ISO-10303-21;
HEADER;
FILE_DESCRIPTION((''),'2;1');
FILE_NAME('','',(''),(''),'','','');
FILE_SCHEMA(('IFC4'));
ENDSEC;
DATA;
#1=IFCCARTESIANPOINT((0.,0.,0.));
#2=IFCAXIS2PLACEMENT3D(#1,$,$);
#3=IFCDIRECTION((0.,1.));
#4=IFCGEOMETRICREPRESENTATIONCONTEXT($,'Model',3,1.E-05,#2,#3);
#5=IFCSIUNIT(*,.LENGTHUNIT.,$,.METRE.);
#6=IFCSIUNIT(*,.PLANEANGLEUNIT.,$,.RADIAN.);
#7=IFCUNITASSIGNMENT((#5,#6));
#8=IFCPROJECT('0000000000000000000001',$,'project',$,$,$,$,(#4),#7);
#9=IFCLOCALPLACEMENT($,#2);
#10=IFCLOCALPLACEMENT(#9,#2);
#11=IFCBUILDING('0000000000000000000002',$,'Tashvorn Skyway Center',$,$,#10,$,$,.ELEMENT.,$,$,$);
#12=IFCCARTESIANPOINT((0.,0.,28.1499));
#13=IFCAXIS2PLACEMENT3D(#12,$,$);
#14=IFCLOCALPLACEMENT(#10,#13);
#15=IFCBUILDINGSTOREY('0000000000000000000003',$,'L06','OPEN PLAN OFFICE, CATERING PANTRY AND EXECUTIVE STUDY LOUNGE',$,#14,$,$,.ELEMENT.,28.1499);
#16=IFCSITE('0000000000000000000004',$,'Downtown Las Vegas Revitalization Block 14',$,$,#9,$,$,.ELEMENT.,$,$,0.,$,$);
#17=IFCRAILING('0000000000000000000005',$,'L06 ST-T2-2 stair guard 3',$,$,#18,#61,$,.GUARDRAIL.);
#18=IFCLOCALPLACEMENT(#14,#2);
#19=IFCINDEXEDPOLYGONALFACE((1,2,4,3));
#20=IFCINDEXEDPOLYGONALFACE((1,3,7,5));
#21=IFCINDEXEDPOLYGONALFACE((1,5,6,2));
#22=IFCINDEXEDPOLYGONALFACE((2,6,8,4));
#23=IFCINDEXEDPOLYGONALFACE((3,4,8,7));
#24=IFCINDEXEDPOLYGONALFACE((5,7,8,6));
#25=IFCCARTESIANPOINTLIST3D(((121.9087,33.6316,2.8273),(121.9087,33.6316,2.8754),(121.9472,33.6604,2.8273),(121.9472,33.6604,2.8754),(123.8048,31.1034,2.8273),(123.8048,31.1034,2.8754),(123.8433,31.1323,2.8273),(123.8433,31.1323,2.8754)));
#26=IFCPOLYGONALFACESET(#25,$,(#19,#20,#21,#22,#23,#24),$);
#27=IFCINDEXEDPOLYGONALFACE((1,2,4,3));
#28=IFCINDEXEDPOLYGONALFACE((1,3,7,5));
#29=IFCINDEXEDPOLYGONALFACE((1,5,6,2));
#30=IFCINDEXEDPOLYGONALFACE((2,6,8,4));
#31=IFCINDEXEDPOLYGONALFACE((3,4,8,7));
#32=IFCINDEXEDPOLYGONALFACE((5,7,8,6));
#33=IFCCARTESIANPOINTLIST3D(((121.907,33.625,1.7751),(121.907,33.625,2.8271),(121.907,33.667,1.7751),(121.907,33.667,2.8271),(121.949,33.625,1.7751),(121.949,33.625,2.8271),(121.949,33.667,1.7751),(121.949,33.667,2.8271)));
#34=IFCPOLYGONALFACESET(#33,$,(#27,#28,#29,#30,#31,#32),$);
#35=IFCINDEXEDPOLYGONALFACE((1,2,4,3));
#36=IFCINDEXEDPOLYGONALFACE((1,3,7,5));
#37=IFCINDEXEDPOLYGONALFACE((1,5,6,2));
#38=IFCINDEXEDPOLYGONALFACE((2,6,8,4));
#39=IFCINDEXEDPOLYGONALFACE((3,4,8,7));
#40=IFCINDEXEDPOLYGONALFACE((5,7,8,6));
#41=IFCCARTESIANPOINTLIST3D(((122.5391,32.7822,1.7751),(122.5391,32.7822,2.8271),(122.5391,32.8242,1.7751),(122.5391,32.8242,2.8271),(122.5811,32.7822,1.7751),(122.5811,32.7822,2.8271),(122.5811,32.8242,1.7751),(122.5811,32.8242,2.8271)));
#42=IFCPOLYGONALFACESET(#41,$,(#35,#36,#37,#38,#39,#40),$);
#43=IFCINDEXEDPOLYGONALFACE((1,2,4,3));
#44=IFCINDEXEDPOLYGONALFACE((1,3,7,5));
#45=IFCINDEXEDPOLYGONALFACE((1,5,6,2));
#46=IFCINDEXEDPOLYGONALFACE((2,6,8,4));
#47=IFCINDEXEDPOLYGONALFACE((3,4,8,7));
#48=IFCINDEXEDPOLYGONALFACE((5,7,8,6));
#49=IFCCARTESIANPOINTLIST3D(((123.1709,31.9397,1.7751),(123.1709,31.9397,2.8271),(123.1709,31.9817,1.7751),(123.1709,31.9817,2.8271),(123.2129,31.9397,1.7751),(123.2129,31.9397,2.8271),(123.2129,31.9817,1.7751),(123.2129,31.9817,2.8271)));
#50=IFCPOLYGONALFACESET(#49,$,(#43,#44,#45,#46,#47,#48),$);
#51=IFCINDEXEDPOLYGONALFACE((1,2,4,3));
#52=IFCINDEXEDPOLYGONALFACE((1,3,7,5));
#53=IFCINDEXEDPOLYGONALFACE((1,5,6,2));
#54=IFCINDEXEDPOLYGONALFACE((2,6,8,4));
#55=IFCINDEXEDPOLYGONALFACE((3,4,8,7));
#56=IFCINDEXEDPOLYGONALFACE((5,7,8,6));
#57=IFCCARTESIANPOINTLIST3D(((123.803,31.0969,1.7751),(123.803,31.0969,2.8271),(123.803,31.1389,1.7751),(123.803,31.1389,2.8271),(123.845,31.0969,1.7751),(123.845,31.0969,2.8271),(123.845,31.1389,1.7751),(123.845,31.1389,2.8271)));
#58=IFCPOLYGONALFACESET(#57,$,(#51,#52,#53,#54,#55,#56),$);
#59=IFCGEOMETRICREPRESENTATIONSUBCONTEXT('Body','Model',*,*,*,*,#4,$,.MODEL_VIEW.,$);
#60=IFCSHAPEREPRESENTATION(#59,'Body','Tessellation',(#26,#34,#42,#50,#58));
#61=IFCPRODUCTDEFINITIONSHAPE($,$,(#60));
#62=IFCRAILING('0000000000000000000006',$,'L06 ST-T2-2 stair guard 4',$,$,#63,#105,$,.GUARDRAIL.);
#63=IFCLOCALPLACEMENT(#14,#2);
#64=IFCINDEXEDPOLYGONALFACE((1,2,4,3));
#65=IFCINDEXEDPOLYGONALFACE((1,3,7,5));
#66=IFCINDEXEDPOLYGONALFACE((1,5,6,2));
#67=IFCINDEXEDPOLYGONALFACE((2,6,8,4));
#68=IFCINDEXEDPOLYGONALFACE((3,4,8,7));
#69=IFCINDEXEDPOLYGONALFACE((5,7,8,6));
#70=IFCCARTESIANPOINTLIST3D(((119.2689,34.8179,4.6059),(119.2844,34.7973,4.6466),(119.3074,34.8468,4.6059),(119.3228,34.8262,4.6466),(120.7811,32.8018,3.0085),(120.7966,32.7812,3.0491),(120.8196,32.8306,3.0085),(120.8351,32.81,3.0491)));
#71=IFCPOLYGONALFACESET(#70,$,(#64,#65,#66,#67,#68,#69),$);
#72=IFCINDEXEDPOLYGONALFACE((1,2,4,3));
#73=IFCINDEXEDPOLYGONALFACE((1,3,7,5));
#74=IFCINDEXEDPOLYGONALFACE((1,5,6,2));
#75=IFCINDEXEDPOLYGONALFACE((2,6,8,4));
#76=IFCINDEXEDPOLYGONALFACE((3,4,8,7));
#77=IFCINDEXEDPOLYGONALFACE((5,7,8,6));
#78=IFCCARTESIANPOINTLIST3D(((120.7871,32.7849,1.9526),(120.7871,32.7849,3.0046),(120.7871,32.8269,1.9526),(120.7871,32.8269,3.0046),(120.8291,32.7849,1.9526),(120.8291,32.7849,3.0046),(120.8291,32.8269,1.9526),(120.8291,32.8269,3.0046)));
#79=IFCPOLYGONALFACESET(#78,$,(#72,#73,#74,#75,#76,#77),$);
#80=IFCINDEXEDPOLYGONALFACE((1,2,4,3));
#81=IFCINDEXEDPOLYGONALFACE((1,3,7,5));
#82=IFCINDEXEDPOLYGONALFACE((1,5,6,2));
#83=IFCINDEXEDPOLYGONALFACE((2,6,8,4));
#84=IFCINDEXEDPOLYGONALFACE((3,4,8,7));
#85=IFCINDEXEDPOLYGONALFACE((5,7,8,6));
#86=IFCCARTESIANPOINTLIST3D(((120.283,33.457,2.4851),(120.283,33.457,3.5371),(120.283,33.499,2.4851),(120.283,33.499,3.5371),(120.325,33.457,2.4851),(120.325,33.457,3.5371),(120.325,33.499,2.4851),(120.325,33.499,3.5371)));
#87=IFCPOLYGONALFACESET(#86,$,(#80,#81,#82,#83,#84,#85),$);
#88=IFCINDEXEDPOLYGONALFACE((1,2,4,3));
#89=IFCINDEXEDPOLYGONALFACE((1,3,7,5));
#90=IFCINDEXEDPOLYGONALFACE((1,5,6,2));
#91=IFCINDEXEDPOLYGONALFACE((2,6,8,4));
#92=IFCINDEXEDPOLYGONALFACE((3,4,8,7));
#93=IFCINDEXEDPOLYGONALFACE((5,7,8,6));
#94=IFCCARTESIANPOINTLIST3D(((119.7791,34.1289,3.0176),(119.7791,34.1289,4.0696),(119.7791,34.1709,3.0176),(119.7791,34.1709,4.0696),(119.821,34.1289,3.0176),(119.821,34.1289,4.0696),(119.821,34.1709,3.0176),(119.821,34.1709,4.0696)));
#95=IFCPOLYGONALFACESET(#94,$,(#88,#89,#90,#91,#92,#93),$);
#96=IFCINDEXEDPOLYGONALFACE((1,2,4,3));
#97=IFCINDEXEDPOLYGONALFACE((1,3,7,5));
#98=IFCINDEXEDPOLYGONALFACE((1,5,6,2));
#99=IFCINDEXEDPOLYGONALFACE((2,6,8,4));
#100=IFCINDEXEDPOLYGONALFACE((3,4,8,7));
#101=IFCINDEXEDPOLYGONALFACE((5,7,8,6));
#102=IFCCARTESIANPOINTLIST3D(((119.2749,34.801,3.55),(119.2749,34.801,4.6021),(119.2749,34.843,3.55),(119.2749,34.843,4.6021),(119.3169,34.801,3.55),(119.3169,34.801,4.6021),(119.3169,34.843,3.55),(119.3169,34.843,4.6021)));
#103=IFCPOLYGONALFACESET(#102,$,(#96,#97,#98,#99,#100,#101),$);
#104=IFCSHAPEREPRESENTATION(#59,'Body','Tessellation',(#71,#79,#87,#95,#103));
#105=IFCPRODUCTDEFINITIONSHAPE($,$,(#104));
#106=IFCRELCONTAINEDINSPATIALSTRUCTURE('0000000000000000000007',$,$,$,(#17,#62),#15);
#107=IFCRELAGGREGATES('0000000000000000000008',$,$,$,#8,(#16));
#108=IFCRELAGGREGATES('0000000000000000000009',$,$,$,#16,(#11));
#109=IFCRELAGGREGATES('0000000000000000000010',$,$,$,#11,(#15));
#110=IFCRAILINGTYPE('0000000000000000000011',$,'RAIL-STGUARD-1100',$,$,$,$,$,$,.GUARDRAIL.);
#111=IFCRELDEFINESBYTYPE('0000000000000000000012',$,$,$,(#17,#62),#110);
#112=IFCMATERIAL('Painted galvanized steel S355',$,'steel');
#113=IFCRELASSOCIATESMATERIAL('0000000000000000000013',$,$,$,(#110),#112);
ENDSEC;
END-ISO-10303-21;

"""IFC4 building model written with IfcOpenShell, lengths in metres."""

from ifc_helpers import new_model, si_unit, direction, frame, origin, origin_2d, place, context, subcontext, project, spatial, rectangle, extrude, material, type_object, element, save


model = new_model("IFC4")

# Units and contexts
model_context = context("Model", 3, precision=1e-05, world=origin(), true_north=direction((0.0, 1.0)))
body_context = subcontext(model_context, "Body", "Model", "MODEL_VIEW")
ifc_project = project(units=[si_unit("LENGTHUNIT", "METRE"), si_unit("PLANEANGLEUNIT", "RADIAN")], contexts=[model_context])

# Site, building, storey
site_placement = place(None, origin())
site = spatial("IfcSite", under=ifc_project, at=site_placement, Name="Downtown Las Vegas Revitalization Block 14", CompositionType="ELEMENT", RefElevation=0.0)
building_placement = place(site_placement, origin())
building = spatial("IfcBuilding", under=site, at=building_placement, Name="Tashvorn Skyway Center", CompositionType="ELEMENT")
storey_placement = place(building_placement, frame((0.0, 0.0, 28.1499)))
storey = spatial("IfcBuildingStorey", under=building, at=storey_placement, Name="L06", Description="OPEN PLAN OFFICE, CATERING PANTRY AND EXECUTIVE STUDY LOUNGE", CompositionType="ELEMENT", Elevation=28.1499)

# Railings
ifc_material_1 = material(Name="Painted galvanized steel S355", Category="steel")
railing_type_1 = type_object("IfcRailingType", Name="RAIL-STGUARD-1100", PredefinedType="GUARDRAIL", material=ifc_material_1)
railing_1_placement = place(storey_placement, frame((121.928, 33.646, 1.7751)))
element("IfcRailing", 1, at=railing_1_placement, inside=storey, type_object=railing_type_1, Name="L06 ST-T2-2 stair guard 3", PredefinedType="GUARDRAIL", context=body_context, shape_type="SweptSolid", body=[
    extrude(rectangle(XDim=0.0481, YDim=0.0481, at=origin_2d()), frame((0.0, 0.0, 1.0762), z_axis=(0.599988, -0.800009, 0.0), x_axis=(0.800009, 0.599988, 0.0)), (0.0, 0.0, 1.0), 3.1602),
    extrude(rectangle(XDim=0.042, YDim=0.042, at=origin_2d()), origin(), (0.0, 0.0, 1.0), 1.052),
    extrude(rectangle(XDim=0.042, YDim=0.042, at=origin_2d()), frame((0.6321, -0.8428, 0.0)), (0.0, 0.0, 1.0), 1.052),
    extrude(rectangle(XDim=0.042, YDim=0.042, at=origin_2d()), frame((1.2639, -1.6853, 0.0)), (0.0, 0.0, 1.0), 1.052),
    extrude(rectangle(XDim=0.042, YDim=0.042, at=origin_2d()), frame((1.896, -2.5281, 0.0)), (0.0, 0.0, 1.0), 1.052),
])
railing_2_placement = place(storey_placement, frame((120.8081, 32.8059, 1.9526)))
element("IfcRailing", 2, at=railing_2_placement, inside=storey, type_object=railing_type_1, Name="L06 ST-T2-2 stair guard 4", PredefinedType="GUARDRAIL", context=body_context, shape_type="SweptSolid", body=[
    extrude(rectangle(XDim=0.0481, YDim=0.0481, at=origin_2d()), frame((0.0, 0.0, 1.0762), z_axis=(-0.506802, 0.675681, 0.535357), x_axis=(-0.799977, -0.600031, 0.0)), (0.0, 0.0, 1.0), 2.9839),
    extrude(rectangle(XDim=0.042, YDim=0.042, at=origin_2d()), origin(), (0.0, 0.0, 1.0), 1.052),
    extrude(rectangle(XDim=0.042, YDim=0.042, at=origin_2d()), frame((-0.5042, 0.6721, 0.5325)), (0.0, 0.0, 1.0), 1.052),
    extrude(rectangle(XDim=0.042, YDim=0.042, at=origin_2d()), frame((-1.0081, 1.344, 1.0649)), (0.0, 0.0, 1.0), 1.052),
    extrude(rectangle(XDim=0.042, YDim=0.042, at=origin_2d()), frame((-1.5122, 2.0161, 1.5974)), (0.0, 0.0, 1.0), 1.052),
])

save(model, "model.ifc")
